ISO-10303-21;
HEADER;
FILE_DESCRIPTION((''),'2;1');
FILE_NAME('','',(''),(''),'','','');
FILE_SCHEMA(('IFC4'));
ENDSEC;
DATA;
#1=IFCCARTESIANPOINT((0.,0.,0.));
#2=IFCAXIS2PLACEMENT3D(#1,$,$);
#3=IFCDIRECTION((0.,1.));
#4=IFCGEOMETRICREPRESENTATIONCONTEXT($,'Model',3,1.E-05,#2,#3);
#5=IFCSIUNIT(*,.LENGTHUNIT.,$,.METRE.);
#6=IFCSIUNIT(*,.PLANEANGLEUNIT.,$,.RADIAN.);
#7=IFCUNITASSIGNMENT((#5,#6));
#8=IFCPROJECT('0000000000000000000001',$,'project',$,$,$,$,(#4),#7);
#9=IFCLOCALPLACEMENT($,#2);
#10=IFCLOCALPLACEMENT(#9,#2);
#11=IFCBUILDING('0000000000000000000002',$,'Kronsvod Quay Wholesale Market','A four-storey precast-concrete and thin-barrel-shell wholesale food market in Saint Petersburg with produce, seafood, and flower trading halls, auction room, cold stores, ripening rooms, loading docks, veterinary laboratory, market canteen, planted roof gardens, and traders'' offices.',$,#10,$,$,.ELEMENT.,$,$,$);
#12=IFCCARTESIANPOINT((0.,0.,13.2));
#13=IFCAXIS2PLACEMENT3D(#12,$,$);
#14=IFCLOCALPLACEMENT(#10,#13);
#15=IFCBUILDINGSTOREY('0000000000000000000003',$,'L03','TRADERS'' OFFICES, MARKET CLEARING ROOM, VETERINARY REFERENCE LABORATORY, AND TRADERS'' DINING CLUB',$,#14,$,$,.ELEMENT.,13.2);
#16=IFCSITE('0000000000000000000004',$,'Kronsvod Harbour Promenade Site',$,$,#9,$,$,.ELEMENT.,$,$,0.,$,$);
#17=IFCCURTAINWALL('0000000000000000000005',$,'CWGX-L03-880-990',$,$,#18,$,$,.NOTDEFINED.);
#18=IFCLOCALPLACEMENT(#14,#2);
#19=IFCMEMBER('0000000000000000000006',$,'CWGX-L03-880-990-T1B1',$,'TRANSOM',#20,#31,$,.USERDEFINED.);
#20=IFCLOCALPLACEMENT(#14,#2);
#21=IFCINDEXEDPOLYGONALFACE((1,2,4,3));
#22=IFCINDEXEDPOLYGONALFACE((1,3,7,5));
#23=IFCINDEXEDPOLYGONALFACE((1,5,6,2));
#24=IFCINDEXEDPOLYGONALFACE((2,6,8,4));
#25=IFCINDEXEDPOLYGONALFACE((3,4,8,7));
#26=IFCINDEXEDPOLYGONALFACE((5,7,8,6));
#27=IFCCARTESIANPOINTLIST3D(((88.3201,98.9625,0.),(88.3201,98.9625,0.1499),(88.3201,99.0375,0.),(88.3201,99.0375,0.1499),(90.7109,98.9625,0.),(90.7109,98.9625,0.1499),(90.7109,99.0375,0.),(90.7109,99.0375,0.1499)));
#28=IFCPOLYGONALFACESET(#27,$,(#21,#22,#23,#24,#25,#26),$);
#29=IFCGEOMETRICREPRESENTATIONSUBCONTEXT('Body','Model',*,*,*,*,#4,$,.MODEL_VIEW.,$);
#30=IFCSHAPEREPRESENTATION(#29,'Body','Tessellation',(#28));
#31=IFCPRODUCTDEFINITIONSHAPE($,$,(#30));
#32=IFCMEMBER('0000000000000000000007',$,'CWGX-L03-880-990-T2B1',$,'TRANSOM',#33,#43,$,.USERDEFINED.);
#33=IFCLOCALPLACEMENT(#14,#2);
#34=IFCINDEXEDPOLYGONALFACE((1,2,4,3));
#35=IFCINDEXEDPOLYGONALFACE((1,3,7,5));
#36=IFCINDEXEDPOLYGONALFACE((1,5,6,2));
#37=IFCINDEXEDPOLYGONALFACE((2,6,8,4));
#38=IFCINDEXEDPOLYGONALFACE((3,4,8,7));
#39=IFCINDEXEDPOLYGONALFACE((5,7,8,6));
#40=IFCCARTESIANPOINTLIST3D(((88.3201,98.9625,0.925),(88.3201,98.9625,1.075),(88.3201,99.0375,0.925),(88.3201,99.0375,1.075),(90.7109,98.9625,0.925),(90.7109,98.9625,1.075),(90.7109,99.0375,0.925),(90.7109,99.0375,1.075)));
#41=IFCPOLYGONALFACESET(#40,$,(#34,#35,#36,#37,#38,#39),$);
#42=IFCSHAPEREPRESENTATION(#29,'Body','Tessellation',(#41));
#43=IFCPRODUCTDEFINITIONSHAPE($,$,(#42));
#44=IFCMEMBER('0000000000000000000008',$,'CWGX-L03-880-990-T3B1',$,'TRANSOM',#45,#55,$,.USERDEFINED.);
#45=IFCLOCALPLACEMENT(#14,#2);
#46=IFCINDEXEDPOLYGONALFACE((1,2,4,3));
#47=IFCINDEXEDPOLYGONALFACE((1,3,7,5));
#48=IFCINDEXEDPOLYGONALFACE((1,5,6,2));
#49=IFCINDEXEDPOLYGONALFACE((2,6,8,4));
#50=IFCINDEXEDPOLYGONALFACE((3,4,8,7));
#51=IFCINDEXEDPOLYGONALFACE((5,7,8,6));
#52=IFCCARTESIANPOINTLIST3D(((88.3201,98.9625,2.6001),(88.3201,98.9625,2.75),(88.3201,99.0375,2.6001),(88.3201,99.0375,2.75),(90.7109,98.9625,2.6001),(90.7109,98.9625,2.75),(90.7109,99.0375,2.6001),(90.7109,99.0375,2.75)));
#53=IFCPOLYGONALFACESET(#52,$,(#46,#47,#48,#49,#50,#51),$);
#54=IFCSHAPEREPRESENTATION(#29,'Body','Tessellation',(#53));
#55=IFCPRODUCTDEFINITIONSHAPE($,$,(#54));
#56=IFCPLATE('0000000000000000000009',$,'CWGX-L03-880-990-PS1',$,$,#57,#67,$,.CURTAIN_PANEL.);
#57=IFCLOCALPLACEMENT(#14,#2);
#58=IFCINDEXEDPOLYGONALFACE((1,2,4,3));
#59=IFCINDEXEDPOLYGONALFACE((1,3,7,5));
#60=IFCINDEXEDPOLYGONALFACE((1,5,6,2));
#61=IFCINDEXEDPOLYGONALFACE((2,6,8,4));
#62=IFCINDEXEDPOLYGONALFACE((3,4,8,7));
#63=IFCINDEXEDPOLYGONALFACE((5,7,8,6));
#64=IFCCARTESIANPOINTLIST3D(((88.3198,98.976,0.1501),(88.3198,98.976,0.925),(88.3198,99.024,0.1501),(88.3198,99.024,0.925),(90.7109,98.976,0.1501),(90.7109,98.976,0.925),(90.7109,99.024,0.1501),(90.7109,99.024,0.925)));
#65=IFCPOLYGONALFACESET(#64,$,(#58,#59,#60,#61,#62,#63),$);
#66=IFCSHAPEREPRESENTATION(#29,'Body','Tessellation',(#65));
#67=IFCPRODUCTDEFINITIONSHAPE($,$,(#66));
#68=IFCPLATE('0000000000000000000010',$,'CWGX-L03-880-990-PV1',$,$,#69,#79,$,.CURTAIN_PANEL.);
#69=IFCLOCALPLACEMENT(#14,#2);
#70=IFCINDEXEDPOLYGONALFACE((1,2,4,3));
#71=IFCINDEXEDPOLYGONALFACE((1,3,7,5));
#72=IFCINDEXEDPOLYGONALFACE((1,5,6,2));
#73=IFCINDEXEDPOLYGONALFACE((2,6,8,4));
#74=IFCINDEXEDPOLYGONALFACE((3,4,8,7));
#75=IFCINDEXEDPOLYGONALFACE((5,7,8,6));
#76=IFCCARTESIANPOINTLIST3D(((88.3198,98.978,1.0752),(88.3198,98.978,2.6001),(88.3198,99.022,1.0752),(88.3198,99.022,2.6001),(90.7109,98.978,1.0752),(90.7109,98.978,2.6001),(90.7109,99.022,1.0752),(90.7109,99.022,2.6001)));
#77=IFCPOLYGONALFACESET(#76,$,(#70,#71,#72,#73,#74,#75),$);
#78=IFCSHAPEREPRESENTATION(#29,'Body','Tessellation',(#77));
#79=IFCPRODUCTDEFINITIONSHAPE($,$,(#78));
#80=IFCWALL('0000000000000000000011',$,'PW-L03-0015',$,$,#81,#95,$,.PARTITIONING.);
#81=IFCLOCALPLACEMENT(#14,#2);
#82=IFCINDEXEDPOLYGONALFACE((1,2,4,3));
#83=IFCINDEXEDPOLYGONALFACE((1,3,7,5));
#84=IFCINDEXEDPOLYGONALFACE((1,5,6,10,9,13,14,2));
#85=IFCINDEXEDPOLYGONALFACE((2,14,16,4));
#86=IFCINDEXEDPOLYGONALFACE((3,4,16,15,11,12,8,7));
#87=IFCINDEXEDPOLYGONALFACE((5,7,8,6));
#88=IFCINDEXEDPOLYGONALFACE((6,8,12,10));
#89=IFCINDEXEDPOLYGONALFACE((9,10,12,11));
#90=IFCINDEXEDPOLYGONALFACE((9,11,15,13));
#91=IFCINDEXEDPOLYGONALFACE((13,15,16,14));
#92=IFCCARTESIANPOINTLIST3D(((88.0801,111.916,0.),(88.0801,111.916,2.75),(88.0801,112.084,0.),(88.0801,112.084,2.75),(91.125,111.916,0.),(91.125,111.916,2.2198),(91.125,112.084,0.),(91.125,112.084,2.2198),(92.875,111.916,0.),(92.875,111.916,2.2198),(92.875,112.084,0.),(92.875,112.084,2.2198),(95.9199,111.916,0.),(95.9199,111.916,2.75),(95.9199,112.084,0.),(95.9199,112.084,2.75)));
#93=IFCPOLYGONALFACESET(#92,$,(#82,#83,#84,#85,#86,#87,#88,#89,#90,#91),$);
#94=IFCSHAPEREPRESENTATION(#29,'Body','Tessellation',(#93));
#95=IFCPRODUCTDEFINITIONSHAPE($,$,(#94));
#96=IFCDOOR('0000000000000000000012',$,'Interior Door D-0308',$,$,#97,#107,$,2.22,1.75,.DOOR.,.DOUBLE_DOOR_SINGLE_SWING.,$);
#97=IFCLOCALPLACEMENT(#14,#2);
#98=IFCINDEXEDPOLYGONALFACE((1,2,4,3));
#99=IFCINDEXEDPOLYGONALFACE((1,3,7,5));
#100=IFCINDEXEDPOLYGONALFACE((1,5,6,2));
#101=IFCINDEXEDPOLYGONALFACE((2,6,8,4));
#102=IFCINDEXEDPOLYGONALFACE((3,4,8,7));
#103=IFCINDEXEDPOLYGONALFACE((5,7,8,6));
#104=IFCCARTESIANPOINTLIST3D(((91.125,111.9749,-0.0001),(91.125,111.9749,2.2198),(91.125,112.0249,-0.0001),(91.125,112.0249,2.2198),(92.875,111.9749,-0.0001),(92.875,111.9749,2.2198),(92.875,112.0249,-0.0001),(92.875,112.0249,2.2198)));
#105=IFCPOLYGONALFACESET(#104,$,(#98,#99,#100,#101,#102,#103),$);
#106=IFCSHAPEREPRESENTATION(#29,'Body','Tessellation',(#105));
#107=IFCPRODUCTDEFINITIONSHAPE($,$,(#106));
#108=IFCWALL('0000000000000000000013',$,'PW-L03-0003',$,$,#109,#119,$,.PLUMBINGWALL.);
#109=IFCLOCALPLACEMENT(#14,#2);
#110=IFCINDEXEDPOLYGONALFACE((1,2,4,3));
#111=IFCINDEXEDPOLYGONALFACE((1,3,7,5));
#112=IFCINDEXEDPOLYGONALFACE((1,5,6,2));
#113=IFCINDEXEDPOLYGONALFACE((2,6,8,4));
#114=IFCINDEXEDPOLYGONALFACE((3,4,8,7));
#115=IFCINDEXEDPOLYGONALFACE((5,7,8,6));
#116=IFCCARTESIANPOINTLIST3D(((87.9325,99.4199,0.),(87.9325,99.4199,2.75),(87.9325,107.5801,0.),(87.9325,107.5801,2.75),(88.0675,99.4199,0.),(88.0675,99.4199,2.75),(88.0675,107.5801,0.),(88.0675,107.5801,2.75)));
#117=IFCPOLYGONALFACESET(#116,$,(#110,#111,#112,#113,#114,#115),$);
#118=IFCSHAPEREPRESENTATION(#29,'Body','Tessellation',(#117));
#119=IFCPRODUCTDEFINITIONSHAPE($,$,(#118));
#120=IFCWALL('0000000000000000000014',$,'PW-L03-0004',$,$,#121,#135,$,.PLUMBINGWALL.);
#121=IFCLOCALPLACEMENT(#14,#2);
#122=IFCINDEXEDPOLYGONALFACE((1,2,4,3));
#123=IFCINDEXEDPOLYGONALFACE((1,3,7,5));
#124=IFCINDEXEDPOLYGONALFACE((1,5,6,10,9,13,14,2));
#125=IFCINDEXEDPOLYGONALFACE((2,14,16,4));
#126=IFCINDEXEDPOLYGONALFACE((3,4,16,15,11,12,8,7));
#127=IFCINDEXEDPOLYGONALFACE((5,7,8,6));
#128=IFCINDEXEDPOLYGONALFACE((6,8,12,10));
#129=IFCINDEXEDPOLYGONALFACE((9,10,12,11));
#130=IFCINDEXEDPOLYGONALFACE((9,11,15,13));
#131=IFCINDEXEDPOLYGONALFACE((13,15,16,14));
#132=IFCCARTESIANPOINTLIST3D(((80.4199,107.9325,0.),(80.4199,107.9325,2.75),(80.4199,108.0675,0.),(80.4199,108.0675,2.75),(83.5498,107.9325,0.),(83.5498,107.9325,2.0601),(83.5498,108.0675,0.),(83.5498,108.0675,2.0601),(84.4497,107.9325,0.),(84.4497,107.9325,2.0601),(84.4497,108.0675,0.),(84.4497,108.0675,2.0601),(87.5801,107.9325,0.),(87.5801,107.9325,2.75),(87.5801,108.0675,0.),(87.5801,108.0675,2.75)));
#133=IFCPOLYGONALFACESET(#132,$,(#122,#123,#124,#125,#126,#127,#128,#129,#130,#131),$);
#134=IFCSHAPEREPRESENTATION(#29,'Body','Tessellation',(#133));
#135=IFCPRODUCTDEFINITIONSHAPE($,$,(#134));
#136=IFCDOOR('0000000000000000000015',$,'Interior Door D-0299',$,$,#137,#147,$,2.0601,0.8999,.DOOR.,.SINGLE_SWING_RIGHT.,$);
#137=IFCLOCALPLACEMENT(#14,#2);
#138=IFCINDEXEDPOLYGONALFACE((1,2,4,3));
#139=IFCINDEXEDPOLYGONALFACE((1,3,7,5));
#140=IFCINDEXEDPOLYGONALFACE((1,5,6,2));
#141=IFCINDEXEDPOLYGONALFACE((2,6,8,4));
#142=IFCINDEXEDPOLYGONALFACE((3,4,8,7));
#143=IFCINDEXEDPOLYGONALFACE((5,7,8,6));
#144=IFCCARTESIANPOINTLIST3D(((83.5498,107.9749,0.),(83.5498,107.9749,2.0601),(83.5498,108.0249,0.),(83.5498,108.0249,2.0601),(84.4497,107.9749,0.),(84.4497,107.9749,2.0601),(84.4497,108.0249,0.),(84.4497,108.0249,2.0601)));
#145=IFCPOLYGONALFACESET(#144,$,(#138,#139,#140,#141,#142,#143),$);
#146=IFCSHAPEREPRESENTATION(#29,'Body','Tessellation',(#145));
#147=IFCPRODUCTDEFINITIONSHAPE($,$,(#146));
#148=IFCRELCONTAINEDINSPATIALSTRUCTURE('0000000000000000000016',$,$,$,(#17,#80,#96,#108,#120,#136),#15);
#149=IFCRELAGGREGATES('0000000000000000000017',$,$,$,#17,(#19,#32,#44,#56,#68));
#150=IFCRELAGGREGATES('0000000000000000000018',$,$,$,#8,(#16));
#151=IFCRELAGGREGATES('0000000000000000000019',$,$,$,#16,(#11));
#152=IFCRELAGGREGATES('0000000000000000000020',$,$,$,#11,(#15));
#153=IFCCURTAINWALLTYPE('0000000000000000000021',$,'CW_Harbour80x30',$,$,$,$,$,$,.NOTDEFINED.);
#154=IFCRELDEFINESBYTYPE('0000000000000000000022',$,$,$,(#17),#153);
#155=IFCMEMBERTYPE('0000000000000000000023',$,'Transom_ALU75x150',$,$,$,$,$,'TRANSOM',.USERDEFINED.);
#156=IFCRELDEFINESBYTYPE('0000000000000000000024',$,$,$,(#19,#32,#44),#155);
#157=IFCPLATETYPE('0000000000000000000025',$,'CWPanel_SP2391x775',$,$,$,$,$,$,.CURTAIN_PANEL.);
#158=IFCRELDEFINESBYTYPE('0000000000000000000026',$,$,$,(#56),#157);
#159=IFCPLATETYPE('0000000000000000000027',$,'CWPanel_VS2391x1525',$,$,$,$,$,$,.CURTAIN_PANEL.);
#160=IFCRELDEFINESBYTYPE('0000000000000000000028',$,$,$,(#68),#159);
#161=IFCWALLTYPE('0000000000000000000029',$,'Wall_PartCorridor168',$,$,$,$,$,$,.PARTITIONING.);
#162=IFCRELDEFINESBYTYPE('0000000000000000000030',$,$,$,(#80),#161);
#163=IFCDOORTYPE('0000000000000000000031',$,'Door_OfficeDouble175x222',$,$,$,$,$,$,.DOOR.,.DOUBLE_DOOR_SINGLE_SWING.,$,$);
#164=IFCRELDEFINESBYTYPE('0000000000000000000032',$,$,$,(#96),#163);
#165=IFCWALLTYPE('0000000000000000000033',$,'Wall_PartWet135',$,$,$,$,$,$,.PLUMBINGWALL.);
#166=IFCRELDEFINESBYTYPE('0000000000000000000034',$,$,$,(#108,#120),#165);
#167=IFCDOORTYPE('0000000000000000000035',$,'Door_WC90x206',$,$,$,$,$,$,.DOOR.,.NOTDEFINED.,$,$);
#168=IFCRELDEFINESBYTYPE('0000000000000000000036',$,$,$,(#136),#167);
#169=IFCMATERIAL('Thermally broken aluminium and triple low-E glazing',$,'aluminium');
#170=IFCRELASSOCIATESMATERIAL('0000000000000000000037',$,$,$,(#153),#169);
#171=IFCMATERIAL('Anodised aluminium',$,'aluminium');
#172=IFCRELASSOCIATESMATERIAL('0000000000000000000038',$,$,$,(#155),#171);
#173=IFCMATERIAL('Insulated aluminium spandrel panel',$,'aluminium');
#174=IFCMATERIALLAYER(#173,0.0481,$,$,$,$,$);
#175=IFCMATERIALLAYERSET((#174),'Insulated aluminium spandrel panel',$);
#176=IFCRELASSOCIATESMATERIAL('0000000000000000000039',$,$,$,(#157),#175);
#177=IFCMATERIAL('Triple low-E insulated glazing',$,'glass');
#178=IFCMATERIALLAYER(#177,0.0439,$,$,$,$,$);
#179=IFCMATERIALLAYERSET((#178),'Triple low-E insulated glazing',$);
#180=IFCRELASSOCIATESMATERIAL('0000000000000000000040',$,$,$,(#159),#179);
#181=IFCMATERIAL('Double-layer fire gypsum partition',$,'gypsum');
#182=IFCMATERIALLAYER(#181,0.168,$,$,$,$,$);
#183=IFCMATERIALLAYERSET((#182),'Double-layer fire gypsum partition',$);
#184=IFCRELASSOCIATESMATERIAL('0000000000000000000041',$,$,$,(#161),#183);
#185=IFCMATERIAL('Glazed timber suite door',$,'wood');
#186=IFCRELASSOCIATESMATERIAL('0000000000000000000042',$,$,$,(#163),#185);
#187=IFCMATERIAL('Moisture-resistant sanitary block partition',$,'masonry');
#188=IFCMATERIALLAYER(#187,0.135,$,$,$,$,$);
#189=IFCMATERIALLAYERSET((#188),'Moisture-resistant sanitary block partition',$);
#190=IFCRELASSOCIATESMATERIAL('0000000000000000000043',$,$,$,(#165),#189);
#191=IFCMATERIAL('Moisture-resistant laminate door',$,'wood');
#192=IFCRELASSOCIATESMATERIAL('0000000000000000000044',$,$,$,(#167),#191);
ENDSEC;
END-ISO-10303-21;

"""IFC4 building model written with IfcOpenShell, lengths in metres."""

from ifc_helpers import new_model, si_unit, direction, frame, frame_2d, origin, origin_2d, place, context, subcontext, project, spatial, rectangle, extrude, material, layer, layer_set, material_profile, profile_set, type_object, element, fill, aggregate, save


model = new_model("IFC4")

# Units and contexts
model_context = context("Model", 3, precision=1e-05, world=origin(), true_north=direction((0.0, 1.0)))
body_context = subcontext(model_context, "Body", "Model", "MODEL_VIEW")
ifc_project = project(units=[si_unit("LENGTHUNIT", "METRE"), si_unit("PLANEANGLEUNIT", "RADIAN")], contexts=[model_context])

# Site, building, storey
site_placement = place(None, origin())
site = spatial("IfcSite", under=ifc_project, at=site_placement, Name="Kronsvod Harbour Promenade Site", CompositionType="ELEMENT", RefElevation=0.0)
building_placement = place(site_placement, origin())
building = spatial("IfcBuilding", under=site, at=building_placement, Name="Kronsvod Quay Wholesale Market", Description="A four-storey precast-concrete and thin-barrel-shell wholesale food market in Saint Petersburg with produce, seafood, and flower trading halls, auction room, cold stores, ripening rooms, loading docks, veterinary laboratory, market canteen, planted roof gardens, and traders' offices.", CompositionType="ELEMENT")
storey_placement = place(building_placement, frame((0.0, 0.0, 13.2)))
storey = spatial("IfcBuildingStorey", under=building, at=storey_placement, Name="L03", Description="TRADERS' OFFICES, MARKET CLEARING ROOM, VETERINARY REFERENCE LABORATORY, AND TRADERS' DINING CLUB", CompositionType="ELEMENT", Elevation=13.2)

# Curtain wall, members, plates
ifc_material_1 = material(Name="Thermally broken aluminium and triple low-E glazing", Category="aluminium")
curtain_wall_type = type_object("IfcCurtainWallType", Name="CW_Harbour80x30", PredefinedType="NOTDEFINED", material=ifc_material_1)
curtain_wall_placement = place(storey_placement, origin())
curtain_wall = element("IfcCurtainWall", 1, at=curtain_wall_placement, inside=storey, type_object=curtain_wall_type, Name="CWGX-L03-880-990", PredefinedType="NOTDEFINED")
ifc_material_2 = material(Name="Anodised aluminium", Category="aluminium")
ifc_material_profile_1 = material_profile(ifc_material_2, rectangle(XDim=0.075, YDim=0.1499, at=origin_2d()), Name="ALUT75x150")
ifc_profile_set_1 = profile_set([ifc_material_profile_1], Name="Anodised aluminium")
member_type_1 = type_object("IfcMemberType", Name="Transom_ALU75x150", ElementType="TRANSOM", PredefinedType="USERDEFINED", material=ifc_profile_set_1)
member_1_placement = place(storey_placement, frame((88.3201, 99.0, 0.075), z_axis=(1.0, 0.0, 0.0), x_axis=(0.0, 1.0, 0.0)))
member_1 = element("IfcMember", 2, at=member_1_placement, type_object=member_type_1, Name="CWGX-L03-880-990-T1B1", ObjectType="TRANSOM", PredefinedType="USERDEFINED", context=body_context, shape_type="SweptSolid", body=[
    extrude(rectangle(XDim=0.075, YDim=0.1499, at=origin_2d()), origin(), (0.0, 0.0, 1.0), 2.3909),
])
member_2_placement = place(storey_placement, frame((88.3201, 99.0, 1.0), z_axis=(1.0, 0.0, 0.0), x_axis=(0.0, 1.0, 0.0)))
member_2 = element("IfcMember", 3, at=member_2_placement, type_object=member_type_1, Name="CWGX-L03-880-990-T2B1", ObjectType="TRANSOM", PredefinedType="USERDEFINED", context=body_context, shape_type="SweptSolid", body=[
    extrude(rectangle(XDim=0.075, YDim=0.1499, at=origin_2d()), origin(), (0.0, 0.0, 1.0), 2.3909),
])
member_3_placement = place(storey_placement, frame((88.3201, 99.0, 2.675), z_axis=(1.0, 0.0, 0.0), x_axis=(0.0, 1.0, 0.0)))
member_3 = element("IfcMember", 4, at=member_3_placement, type_object=member_type_1, Name="CWGX-L03-880-990-T3B1", ObjectType="TRANSOM", PredefinedType="USERDEFINED", context=body_context, shape_type="SweptSolid", body=[
    extrude(rectangle(XDim=0.075, YDim=0.1499, at=origin_2d()), origin(), (0.0, 0.0, 1.0), 2.3909),
])
ifc_material_3 = material(Name="Insulated aluminium spandrel panel", Category="aluminium")
ifc_layer_1 = layer(ifc_material_3, 0.0481)
ifc_layer_set_1 = layer_set([ifc_layer_1], Name="Insulated aluminium spandrel panel")
plate_type_1 = type_object("IfcPlateType", Name="CWPanel_SP2391x775", PredefinedType="CURTAIN_PANEL", material=ifc_layer_set_1)
plate_1_placement = place(storey_placement, frame((89.5154, 99.0, 0.1501), z_axis=(0.0, 0.0, 1.0), x_axis=(1.0, 0.0, 0.0)))
plate_1 = element("IfcPlate", 5, at=plate_1_placement, type_object=plate_type_1, Name="CWGX-L03-880-990-PS1", PredefinedType="CURTAIN_PANEL", context=body_context, shape_type="SweptSolid", body=[
    extrude(rectangle(XDim=2.3911, YDim=0.0481, at=origin_2d()), origin(), (0.0, 0.0, 1.0), 0.7749),
])
ifc_material_4 = material(Name="Triple low-E insulated glazing", Category="glass")
ifc_layer_2 = layer(ifc_material_4, 0.0439)
ifc_layer_set_2 = layer_set([ifc_layer_2], Name="Triple low-E insulated glazing")
plate_type_2 = type_object("IfcPlateType", Name="CWPanel_VS2391x1525", PredefinedType="CURTAIN_PANEL", material=ifc_layer_set_2)
plate_2_placement = place(storey_placement, frame((89.5154, 99.0, 1.0752), z_axis=(0.0, 0.0, 1.0), x_axis=(1.0, 0.0, 0.0)))
plate_2 = element("IfcPlate", 6, at=plate_2_placement, type_object=plate_type_2, Name="CWGX-L03-880-990-PV1", PredefinedType="CURTAIN_PANEL", context=body_context, shape_type="SweptSolid", body=[
    extrude(rectangle(XDim=2.3911, YDim=0.0439, at=origin_2d()), origin(), (0.0, 0.0, 1.0), 1.5249),
])
aggregate(curtain_wall, [member_1, member_2, member_3, plate_1, plate_2])

# Wall, opening, door
ifc_material_5 = material(Name="Double-layer fire gypsum partition", Category="gypsum")
ifc_layer_3 = layer(ifc_material_5, 0.168)
ifc_layer_set_3 = layer_set([ifc_layer_3], Name="Double-layer fire gypsum partition")
wall_type_1 = type_object("IfcWallType", Name="Wall_PartCorridor168", PredefinedType="PARTITIONING", material=ifc_layer_set_3)
wall_1_placement = place(storey_placement, frame((88.0801, 112.0, 0.0), z_axis=(0.0, 0.0, 1.0), x_axis=(1.0, 0.0, 0.0)))
wall_1 = element("IfcWall", 7, at=wall_1_placement, inside=storey, type_object=wall_type_1, Name="PW-L03-0015", PredefinedType="PARTITIONING", context=body_context, shape_type="SweptSolid", body=[
    extrude(rectangle(XDim=7.8398, YDim=0.168, at=frame_2d((3.9199, 0.0))), origin(), (0.0, 0.0, 1.0), 2.75),
])
opening_1_placement = place(wall_1_placement, frame((3.0449, 0.0, 0.0)))
opening_1 = element("IfcOpeningElement", 8, at=opening_1_placement, cuts=wall_1, PredefinedType="OPENING", context=body_context, shape_type="SweptSolid", body=[
    extrude(rectangle(XDim=1.75, YDim=2.22, at=frame_2d((0.875, 1.1099))), frame((0.0, 0.094, 0.0), z_axis=(0.0, -1.0, 0.0), x_axis=(1.0, 0.0, 0.0)), (0.0, 0.0, 1.0), 0.188),
])
ifc_material_6 = material(Name="Glazed timber suite door", Category="wood")
door_type_1 = type_object("IfcDoorType", Name="Door_OfficeDouble175x222", OperationType="DOUBLE_DOOR_SINGLE_SWING", PredefinedType="DOOR", material=ifc_material_6)
door_1_placement = place(opening_1_placement, origin())
door_1 = element("IfcDoor", 9, at=door_1_placement, inside=storey, type_object=door_type_1, Name="Interior Door D-0308", OperationType="DOUBLE_DOOR_SINGLE_SWING", OverallHeight=2.22, OverallWidth=1.75, PredefinedType="DOOR", context=body_context, shape_type="SweptSolid", body=[
    extrude(rectangle(XDim=1.75, YDim=2.22, at=frame_2d((0.875, 1.1099))), frame((0.0, 0.0249, 0.0), z_axis=(0.0, -1.0, 0.0), x_axis=(1.0, 0.0, 0.0)), (0.0, 0.0, 1.0), 0.05),
])
fill(opening_1, door_1)

# Wall
ifc_material_7 = material(Name="Moisture-resistant sanitary block partition", Category="masonry")
ifc_layer_4 = layer(ifc_material_7, 0.135)
ifc_layer_set_4 = layer_set([ifc_layer_4], Name="Moisture-resistant sanitary block partition")
wall_type_2 = type_object("IfcWallType", Name="Wall_PartWet135", PredefinedType="PLUMBINGWALL", material=ifc_layer_set_4)
wall_2_placement = place(storey_placement, frame((88.0, 99.4199, 0.0), z_axis=(0.0, 0.0, 1.0), x_axis=(0.0, 1.0, 0.0)))
element("IfcWall", 10, at=wall_2_placement, inside=storey, type_object=wall_type_2, Name="PW-L03-0003", PredefinedType="PLUMBINGWALL", context=body_context, shape_type="SweptSolid", body=[
    extrude(rectangle(XDim=8.1602, YDim=0.135, at=frame_2d((4.0801, 0.0))), origin(), (0.0, 0.0, 1.0), 2.75),
])

# Wall, opening, door
wall_3_placement = place(storey_placement, frame((80.4199, 108.0, 0.0), z_axis=(0.0, 0.0, 1.0), x_axis=(1.0, 0.0, 0.0)))
wall_3 = element("IfcWall", 11, at=wall_3_placement, inside=storey, type_object=wall_type_2, Name="PW-L03-0004", PredefinedType="PLUMBINGWALL", context=body_context, shape_type="SweptSolid", body=[
    extrude(rectangle(XDim=7.1602, YDim=0.135, at=frame_2d((3.5801, 0.0))), origin(), (0.0, 0.0, 1.0), 2.75),
])
opening_2_placement = place(wall_3_placement, frame((3.1299, 0.0, 0.0)))
opening_2 = element("IfcOpeningElement", 12, at=opening_2_placement, cuts=wall_3, PredefinedType="OPENING", context=body_context, shape_type="SweptSolid", body=[
    extrude(rectangle(XDim=0.8999, YDim=2.0601, at=frame_2d((0.45, 1.03))), frame((0.0, 0.0776, 0.0), z_axis=(0.0, -1.0, 0.0), x_axis=(1.0, 0.0, 0.0)), (0.0, 0.0, 1.0), 0.155),
])
ifc_material_8 = material(Name="Moisture-resistant laminate door", Category="wood")
door_type_2 = type_object("IfcDoorType", Name="Door_WC90x206", OperationType="NOTDEFINED", PredefinedType="DOOR", material=ifc_material_8)
door_2_placement = place(opening_2_placement, origin())
door_2 = element("IfcDoor", 13, at=door_2_placement, inside=storey, type_object=door_type_2, Name="Interior Door D-0299", OperationType="SINGLE_SWING_RIGHT", OverallHeight=2.0601, OverallWidth=0.8999, PredefinedType="DOOR", context=body_context, shape_type="SweptSolid", body=[
    extrude(rectangle(XDim=0.8999, YDim=2.0601, at=frame_2d((0.45, 1.03))), frame((0.0, 0.0249, 0.0), z_axis=(0.0, -1.0, 0.0), x_axis=(1.0, 0.0, 0.0)), (0.0, 0.0, 1.0), 0.05),
])
fill(opening_2, door_2)

save(model, "model.ifc")
